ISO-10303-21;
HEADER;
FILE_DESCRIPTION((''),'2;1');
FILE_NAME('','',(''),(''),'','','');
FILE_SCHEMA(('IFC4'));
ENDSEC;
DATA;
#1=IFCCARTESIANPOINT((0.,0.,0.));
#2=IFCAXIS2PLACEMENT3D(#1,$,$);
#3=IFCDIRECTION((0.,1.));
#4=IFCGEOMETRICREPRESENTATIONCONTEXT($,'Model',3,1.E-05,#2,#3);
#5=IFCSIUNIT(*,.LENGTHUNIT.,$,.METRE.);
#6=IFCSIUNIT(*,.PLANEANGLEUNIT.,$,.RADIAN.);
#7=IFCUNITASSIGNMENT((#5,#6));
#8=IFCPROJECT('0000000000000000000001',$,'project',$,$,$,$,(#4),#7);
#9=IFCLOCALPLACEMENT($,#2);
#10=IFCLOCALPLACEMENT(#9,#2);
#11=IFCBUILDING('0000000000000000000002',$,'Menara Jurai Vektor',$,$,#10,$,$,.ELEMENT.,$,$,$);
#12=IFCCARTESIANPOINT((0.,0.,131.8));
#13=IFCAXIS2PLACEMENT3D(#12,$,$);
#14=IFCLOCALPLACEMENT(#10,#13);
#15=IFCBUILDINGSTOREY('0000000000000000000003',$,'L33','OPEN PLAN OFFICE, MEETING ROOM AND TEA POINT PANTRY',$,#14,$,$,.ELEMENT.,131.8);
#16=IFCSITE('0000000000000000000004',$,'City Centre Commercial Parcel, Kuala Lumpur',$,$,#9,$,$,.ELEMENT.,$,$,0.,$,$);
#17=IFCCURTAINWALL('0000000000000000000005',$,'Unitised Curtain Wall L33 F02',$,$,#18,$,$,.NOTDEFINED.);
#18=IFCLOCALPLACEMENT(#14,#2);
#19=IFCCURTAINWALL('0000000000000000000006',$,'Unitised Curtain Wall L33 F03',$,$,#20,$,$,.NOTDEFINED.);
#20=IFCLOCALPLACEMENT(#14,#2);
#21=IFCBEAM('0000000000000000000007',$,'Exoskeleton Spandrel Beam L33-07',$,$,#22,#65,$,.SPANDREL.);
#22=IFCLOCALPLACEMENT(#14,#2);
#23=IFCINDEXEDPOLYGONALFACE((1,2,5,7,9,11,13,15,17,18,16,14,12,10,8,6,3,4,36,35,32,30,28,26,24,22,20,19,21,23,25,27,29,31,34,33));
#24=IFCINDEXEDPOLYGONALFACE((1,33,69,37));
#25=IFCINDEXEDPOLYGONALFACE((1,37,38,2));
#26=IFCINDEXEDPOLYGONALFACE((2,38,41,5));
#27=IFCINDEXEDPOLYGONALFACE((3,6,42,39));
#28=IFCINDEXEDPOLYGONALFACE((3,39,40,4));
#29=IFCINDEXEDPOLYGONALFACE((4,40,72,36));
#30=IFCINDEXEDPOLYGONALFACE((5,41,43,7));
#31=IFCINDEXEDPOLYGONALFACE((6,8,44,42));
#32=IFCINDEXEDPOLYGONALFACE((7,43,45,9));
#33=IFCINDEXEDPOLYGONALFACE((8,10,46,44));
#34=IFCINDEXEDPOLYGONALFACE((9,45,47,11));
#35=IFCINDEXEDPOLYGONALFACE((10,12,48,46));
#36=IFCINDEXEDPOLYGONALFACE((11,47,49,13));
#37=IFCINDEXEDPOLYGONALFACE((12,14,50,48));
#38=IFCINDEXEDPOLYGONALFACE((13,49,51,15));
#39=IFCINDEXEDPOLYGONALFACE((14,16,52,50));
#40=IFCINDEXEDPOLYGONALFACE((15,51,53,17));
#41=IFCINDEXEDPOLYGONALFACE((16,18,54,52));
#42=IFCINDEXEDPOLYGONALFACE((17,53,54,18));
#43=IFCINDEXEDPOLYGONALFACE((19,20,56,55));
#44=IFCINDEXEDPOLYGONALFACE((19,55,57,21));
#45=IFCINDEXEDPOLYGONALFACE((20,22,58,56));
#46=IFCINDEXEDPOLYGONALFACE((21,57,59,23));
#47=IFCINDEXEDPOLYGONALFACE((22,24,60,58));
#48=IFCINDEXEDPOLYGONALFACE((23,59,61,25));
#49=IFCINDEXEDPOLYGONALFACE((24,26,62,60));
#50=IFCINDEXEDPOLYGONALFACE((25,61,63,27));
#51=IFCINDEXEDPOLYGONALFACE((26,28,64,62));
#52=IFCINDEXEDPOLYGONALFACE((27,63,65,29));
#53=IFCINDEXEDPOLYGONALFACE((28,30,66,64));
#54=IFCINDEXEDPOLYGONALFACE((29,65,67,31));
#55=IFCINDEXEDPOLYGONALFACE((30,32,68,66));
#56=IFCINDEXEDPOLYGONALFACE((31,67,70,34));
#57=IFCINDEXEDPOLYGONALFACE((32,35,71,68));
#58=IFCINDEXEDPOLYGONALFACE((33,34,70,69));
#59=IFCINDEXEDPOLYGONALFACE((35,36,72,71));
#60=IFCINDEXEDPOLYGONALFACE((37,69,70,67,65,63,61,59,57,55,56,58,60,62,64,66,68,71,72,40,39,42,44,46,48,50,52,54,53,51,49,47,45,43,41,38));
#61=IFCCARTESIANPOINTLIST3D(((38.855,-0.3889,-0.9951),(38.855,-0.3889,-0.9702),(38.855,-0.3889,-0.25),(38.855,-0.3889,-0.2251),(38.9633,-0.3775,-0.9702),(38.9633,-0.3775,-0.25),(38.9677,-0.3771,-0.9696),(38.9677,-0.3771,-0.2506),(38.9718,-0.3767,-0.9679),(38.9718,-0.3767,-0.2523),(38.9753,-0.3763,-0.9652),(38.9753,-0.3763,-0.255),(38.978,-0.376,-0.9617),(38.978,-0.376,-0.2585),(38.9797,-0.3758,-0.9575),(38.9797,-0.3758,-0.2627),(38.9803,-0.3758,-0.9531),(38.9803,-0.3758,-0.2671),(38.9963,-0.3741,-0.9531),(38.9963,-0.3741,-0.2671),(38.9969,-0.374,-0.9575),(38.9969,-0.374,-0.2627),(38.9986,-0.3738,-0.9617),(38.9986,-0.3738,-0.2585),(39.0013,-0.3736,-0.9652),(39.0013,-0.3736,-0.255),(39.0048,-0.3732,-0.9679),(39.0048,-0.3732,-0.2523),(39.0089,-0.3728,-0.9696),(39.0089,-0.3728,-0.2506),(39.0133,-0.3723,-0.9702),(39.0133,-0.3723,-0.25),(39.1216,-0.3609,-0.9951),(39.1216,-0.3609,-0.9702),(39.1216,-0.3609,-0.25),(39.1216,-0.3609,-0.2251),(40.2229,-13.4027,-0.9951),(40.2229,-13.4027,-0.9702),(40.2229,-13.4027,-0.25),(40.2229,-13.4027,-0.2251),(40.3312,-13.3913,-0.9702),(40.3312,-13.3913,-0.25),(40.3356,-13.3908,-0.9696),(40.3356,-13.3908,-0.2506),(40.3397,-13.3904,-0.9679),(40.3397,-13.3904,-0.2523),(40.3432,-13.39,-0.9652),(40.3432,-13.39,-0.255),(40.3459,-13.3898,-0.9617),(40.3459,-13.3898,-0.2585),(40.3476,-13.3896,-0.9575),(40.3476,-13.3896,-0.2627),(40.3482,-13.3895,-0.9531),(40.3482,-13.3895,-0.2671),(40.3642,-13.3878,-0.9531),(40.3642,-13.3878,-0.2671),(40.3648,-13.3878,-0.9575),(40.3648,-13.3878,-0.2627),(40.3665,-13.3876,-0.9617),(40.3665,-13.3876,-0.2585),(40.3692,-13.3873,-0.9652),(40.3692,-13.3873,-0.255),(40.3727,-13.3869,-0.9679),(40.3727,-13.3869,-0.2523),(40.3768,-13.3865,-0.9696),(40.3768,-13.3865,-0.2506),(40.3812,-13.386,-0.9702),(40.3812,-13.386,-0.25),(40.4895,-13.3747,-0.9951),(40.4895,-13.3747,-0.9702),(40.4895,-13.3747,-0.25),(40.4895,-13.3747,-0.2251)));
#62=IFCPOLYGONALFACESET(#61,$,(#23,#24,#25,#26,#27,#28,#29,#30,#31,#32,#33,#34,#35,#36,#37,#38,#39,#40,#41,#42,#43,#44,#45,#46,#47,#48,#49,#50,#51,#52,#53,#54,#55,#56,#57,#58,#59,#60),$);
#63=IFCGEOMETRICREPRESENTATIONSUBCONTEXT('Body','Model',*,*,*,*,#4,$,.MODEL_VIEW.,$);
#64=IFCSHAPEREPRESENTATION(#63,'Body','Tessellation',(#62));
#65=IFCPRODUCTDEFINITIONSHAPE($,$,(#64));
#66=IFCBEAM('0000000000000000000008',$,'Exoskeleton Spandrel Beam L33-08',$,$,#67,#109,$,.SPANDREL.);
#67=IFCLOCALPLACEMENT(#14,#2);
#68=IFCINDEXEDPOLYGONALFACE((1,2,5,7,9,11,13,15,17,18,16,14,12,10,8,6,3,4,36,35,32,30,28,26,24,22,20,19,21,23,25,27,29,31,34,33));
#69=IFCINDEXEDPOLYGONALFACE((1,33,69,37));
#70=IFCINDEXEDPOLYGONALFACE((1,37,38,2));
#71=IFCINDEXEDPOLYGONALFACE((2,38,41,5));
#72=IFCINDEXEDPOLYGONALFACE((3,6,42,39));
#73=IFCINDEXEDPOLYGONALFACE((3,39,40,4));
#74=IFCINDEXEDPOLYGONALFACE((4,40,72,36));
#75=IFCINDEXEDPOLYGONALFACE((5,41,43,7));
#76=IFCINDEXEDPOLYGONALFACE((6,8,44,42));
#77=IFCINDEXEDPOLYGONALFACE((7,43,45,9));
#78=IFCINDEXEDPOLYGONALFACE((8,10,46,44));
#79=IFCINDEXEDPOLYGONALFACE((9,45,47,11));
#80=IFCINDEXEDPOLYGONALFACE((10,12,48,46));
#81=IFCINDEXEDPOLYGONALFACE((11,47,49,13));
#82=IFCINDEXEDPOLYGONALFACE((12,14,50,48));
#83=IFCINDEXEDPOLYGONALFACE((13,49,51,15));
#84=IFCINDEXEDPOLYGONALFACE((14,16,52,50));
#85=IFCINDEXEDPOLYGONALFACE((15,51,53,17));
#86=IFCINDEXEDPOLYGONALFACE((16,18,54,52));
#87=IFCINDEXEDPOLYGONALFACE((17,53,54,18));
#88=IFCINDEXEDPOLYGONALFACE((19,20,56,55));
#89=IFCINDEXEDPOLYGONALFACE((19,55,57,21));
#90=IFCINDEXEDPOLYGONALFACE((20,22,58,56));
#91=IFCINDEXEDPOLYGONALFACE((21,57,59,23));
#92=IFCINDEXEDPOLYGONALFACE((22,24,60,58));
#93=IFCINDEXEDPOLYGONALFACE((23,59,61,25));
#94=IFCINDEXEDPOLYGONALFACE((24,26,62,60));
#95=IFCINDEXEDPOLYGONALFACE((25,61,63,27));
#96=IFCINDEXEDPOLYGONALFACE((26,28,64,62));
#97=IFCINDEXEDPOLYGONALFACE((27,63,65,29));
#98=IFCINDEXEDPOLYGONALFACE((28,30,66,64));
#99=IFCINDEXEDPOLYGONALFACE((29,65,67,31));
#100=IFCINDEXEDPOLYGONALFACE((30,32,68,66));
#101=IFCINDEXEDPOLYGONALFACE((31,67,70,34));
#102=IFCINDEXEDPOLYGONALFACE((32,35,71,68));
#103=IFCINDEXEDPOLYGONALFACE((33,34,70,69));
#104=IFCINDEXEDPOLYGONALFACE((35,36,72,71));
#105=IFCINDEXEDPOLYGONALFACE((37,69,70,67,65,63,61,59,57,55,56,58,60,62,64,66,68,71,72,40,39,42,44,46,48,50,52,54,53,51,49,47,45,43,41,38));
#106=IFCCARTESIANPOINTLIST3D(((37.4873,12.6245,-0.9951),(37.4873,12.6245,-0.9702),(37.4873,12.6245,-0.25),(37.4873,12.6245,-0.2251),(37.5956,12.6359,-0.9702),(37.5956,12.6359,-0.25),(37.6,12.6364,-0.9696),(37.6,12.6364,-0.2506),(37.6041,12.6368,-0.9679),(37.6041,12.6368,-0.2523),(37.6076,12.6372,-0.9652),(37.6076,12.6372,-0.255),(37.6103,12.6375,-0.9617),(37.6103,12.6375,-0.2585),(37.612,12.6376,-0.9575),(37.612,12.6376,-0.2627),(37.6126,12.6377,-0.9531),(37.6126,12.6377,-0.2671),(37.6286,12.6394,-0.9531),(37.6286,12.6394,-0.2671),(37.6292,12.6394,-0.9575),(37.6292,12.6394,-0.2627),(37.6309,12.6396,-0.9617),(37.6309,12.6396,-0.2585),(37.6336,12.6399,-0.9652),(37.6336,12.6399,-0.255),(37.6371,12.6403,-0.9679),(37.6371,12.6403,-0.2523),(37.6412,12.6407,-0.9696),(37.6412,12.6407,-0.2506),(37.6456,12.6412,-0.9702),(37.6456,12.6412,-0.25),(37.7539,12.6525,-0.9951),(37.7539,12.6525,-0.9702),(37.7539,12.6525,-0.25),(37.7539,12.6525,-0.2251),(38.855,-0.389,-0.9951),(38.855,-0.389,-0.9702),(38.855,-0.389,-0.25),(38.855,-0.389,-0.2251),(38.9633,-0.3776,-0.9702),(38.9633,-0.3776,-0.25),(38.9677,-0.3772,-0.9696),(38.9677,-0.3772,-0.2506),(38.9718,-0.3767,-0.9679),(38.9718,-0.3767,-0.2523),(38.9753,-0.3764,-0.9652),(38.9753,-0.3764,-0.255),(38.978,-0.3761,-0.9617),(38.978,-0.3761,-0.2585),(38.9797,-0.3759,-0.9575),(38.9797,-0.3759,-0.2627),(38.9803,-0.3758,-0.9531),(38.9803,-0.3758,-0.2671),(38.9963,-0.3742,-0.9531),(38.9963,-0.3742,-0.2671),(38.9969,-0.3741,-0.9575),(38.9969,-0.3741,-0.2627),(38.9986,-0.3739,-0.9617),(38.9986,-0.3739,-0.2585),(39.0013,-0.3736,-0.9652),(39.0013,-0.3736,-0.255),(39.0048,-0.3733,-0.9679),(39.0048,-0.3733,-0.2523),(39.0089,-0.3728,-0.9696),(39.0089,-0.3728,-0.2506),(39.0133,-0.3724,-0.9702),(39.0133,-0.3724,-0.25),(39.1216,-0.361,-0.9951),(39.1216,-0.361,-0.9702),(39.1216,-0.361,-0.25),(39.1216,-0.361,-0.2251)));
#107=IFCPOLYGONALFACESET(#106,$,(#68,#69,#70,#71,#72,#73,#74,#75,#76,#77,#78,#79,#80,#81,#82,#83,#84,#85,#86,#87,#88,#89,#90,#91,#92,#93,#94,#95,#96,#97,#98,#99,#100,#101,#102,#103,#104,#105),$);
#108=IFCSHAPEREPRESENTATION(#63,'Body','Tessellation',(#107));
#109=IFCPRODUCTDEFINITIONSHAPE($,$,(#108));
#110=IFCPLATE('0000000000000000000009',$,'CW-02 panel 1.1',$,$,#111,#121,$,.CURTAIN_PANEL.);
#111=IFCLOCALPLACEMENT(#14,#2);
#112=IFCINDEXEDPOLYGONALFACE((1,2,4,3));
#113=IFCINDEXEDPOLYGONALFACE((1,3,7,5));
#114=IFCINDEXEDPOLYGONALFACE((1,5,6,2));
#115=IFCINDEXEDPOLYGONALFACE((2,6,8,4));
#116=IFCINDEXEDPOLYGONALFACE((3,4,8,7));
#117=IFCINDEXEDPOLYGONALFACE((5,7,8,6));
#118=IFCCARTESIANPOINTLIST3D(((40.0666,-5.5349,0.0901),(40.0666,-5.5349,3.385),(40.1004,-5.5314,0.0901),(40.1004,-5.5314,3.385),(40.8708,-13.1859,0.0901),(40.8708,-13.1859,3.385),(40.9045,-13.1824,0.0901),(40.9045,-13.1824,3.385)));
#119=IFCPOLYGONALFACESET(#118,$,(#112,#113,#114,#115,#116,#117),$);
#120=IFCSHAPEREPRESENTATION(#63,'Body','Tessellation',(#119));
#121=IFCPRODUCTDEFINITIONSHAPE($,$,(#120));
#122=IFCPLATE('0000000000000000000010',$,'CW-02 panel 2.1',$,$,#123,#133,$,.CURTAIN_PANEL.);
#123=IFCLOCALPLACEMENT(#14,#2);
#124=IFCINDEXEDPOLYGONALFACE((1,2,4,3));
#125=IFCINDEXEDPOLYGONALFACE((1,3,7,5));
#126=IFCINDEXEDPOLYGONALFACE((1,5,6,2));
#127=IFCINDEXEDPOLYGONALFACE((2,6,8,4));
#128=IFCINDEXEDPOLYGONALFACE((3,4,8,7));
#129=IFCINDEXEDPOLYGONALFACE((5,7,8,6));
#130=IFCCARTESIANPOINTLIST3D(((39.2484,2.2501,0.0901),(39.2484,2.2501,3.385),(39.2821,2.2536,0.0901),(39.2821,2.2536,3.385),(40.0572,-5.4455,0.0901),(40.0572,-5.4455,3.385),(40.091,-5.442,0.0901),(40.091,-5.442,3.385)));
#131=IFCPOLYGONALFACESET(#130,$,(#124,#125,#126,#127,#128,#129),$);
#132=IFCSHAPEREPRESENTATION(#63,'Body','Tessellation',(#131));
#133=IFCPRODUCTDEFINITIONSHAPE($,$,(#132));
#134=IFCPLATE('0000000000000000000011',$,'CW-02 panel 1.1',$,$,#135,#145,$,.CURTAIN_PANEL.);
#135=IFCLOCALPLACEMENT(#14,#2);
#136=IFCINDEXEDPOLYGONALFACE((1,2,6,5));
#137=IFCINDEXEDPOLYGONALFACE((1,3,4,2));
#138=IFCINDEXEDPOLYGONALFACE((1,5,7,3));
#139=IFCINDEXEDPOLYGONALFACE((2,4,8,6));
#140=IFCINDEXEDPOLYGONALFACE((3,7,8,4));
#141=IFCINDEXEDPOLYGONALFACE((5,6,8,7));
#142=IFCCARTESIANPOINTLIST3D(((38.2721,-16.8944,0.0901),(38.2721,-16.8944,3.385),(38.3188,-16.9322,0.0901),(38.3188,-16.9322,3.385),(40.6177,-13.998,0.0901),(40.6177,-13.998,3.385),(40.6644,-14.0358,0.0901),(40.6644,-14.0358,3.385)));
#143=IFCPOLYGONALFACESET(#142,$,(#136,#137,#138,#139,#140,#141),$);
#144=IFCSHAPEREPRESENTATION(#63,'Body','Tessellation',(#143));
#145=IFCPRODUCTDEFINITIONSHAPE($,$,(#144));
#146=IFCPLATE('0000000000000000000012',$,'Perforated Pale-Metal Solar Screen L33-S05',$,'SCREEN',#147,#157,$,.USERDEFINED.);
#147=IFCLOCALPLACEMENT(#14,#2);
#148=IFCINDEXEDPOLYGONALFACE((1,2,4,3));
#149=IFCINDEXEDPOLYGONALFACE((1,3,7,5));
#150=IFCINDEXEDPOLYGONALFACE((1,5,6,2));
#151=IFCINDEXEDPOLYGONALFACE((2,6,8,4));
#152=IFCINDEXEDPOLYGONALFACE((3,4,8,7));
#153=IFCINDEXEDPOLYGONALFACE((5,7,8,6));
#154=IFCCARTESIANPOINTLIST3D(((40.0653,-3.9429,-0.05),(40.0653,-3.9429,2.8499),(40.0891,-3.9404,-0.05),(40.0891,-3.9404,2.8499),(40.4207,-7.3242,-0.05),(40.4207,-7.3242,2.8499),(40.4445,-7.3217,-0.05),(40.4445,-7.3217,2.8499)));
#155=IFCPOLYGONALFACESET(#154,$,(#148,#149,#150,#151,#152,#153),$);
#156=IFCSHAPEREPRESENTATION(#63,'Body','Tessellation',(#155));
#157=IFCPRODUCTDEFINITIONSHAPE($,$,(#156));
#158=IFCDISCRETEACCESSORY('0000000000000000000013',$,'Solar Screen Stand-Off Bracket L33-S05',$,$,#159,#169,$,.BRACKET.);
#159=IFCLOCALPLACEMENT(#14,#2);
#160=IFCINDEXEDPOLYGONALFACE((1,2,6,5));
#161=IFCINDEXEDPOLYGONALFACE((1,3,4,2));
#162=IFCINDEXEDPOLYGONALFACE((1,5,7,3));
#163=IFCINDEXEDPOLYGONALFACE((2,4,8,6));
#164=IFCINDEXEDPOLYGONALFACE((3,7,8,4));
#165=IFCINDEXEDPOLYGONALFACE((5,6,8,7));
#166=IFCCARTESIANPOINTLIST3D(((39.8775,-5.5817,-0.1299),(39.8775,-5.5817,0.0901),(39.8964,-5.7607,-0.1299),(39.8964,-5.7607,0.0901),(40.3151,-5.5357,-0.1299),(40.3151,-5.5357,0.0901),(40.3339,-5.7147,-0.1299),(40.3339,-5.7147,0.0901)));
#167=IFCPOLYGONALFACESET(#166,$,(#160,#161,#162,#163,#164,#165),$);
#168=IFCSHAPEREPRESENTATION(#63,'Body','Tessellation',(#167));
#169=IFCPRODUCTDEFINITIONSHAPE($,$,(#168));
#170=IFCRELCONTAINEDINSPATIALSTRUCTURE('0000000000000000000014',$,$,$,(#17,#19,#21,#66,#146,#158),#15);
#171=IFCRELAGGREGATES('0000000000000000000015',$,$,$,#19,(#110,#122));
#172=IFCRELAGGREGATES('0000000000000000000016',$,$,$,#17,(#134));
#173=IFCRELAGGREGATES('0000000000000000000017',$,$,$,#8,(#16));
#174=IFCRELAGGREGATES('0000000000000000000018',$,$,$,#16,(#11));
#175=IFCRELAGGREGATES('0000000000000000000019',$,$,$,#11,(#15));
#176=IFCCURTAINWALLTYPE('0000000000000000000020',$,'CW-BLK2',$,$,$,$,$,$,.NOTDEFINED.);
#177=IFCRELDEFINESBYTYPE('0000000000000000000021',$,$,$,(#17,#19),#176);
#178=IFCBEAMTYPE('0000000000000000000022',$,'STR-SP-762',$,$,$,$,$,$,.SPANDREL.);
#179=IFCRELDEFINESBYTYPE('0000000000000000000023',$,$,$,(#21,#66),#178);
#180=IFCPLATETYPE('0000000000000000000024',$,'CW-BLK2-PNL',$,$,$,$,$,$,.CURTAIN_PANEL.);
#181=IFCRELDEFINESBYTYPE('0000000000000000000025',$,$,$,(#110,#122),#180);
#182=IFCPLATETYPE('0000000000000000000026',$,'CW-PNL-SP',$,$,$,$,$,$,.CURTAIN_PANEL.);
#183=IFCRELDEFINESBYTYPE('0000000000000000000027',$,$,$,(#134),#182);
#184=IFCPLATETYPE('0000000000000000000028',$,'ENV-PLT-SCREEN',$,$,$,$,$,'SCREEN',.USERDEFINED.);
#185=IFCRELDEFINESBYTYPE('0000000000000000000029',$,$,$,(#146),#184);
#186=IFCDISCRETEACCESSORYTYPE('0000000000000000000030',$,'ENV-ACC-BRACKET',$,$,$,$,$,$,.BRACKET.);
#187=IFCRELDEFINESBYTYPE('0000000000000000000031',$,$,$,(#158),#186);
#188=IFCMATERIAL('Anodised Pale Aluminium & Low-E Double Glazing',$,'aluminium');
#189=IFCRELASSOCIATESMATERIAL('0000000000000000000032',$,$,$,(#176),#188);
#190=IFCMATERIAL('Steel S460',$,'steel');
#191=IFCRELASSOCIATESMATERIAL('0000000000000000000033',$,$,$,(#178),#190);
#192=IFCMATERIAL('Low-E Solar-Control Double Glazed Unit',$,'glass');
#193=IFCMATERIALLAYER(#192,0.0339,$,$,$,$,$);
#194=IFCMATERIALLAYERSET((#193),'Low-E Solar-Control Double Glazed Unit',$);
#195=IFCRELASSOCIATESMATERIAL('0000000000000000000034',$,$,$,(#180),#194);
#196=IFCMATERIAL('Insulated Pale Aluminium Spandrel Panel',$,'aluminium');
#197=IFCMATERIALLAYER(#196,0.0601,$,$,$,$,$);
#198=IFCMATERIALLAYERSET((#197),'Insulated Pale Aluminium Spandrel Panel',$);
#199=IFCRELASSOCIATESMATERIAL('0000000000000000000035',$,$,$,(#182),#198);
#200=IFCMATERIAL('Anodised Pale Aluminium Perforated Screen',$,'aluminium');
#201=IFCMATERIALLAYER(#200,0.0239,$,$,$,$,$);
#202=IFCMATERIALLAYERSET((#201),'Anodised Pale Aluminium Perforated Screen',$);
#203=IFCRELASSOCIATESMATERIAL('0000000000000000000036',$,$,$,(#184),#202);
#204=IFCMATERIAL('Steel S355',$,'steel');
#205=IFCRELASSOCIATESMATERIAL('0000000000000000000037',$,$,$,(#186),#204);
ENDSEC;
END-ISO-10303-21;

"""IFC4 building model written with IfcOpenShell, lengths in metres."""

from ifc_helpers import new_model, si_unit, direction, frame, origin, origin_2d, place, context, subcontext, project, spatial, rectangle, i_section, extrude, material, layer, layer_set, material_profile, profile_set, type_object, element, aggregate, save


model = new_model("IFC4")

# Units and contexts
model_context = context("Model", 3, precision=1e-05, world=origin(), true_north=direction((0.0, 1.0)))
body_context = subcontext(model_context, "Body", "Model", "MODEL_VIEW")
ifc_project = project(units=[si_unit("LENGTHUNIT", "METRE"), si_unit("PLANEANGLEUNIT", "RADIAN")], contexts=[model_context])

# Site, building, storey
site_placement = place(None, origin())
site = spatial("IfcSite", under=ifc_project, at=site_placement, Name="City Centre Commercial Parcel, Kuala Lumpur", CompositionType="ELEMENT", RefElevation=0.0)
building_placement = place(site_placement, origin())
building = spatial("IfcBuilding", under=site, at=building_placement, Name="Menara Jurai Vektor", CompositionType="ELEMENT")
storey_placement = place(building_placement, frame((0.0, 0.0, 131.8)))
storey = spatial("IfcBuildingStorey", under=building, at=storey_placement, Name="L33", Description="OPEN PLAN OFFICE, MEETING ROOM AND TEA POINT PANTRY", CompositionType="ELEMENT", Elevation=131.8)

# Shared definitions
ifc_material_1 = material(Name="Steel S460", Category="steel")

# Curtain walls
ifc_material_2 = material(Name="Anodised Pale Aluminium & Low-E Double Glazing", Category="aluminium")
curtain_wall_type = type_object("IfcCurtainWallType", Name="CW-BLK2", PredefinedType="NOTDEFINED", material=ifc_material_2)
curtain_wall_1_placement = place(storey_placement, origin())
curtain_wall_1 = element("IfcCurtainWall", 1, at=curtain_wall_1_placement, inside=storey, type_object=curtain_wall_type, Name="Unitised Curtain Wall L33 F02", PredefinedType="NOTDEFINED")
curtain_wall_2_placement = place(storey_placement, origin())
curtain_wall_2 = element("IfcCurtainWall", 2, at=curtain_wall_2_placement, inside=storey, type_object=curtain_wall_type, Name="Unitised Curtain Wall L33 F03", PredefinedType="NOTDEFINED")

# Beams
ifc_material_3 = material(Name="Steel S355", Category="steel")
ifc_material_profile_1 = material_profile(ifc_material_1, i_section(OverallWidth=0.2681, OverallDepth=0.77, WebThickness=0.0161, FlangeThickness=0.0249, FilletRadius=0.0171, at=origin_2d()), Name="UKB 762x267x197")
ifc_profile_set_1 = profile_set([ifc_material_profile_1], Name="Steel S460")
beam_type_1 = type_object("IfcBeamType", Name="STR-SP-762", PredefinedType="SPANDREL", material=ifc_profile_set_1)
beam_1_placement = place(storey_placement, frame((40.3562, -13.3887, -0.6101), z_axis=(-0.104538, 0.994521, 0.0), x_axis=(-0.994521, -0.104538, 0.0)))
element("IfcBeam", 3, at=beam_1_placement, inside=storey, type_object=beam_type_1, Name="Exoskeleton Spandrel Beam L33-07", PredefinedType="SPANDREL", context=body_context, shape_type="SweptSolid", body=[
    extrude(i_section(OverallWidth=0.2681, OverallDepth=0.77, WebThickness=0.0161, FlangeThickness=0.0249, FilletRadius=0.0171, at=origin_2d()), origin(), (0.0, 0.0, 1.0), 13.0854),
])
beam_2_placement = place(storey_placement, frame((38.9883, -0.375, -0.6101), z_axis=(-0.104522, 0.994523, 0.0), x_axis=(-0.994523, -0.104522, 0.0)))
element("IfcBeam", 4, at=beam_2_placement, inside=storey, type_object=beam_type_1, Name="Exoskeleton Spandrel Beam L33-08", PredefinedType="SPANDREL", context=body_context, shape_type="SweptSolid", body=[
    extrude(i_section(OverallWidth=0.2681, OverallDepth=0.77, WebThickness=0.0161, FlangeThickness=0.0249, FilletRadius=0.0171, at=origin_2d()), origin(), (0.0, 0.0, 1.0), 13.0852),
])

# Plates
ifc_material_4 = material(Name="Low-E Solar-Control Double Glazed Unit", Category="glass")
ifc_layer_1 = layer(ifc_material_4, 0.0339)
ifc_layer_set_1 = layer_set([ifc_layer_1], Name="Low-E Solar-Control Double Glazed Unit")
plate_type_1 = type_object("IfcPlateType", Name="CW-BLK2-PNL", PredefinedType="CURTAIN_PANEL", material=ifc_layer_set_1)
plate_1_placement = place(storey_placement, frame((40.4856, -9.3586, 0.0901), z_axis=(0.0, 0.0, 1.0), x_axis=(-0.10453, 0.994522, 0.0)))
plate_1 = element("IfcPlate", 5, at=plate_1_placement, type_object=plate_type_1, Name="CW-02 panel 1.1", PredefinedType="CURTAIN_PANEL", context=body_context, shape_type="SweptSolid", body=[
    extrude(rectangle(XDim=7.6931, YDim=0.0339, at=origin_2d()), origin(), (0.0, 0.0, 1.0), 3.2949),
])
plate_2_placement = place(storey_placement, frame((39.6697, -1.5959, 0.0901), z_axis=(0.0, 0.0, 1.0), x_axis=(-0.10453, 0.994522, 0.0)))
plate_2 = element("IfcPlate", 6, at=plate_2_placement, type_object=plate_type_1, Name="CW-02 panel 2.1", PredefinedType="CURTAIN_PANEL", context=body_context, shape_type="SweptSolid", body=[
    extrude(rectangle(XDim=7.738, YDim=0.0339, at=origin_2d()), origin(), (0.0, 0.0, 1.0), 3.2949),
])
aggregate(curtain_wall_2, [plate_1, plate_2])
ifc_material_5 = material(Name="Insulated Pale Aluminium Spandrel Panel", Category="aluminium")
ifc_layer_2 = layer(ifc_material_5, 0.0601)
ifc_layer_set_2 = layer_set([ifc_layer_2], Name="Insulated Pale Aluminium Spandrel Panel")
plate_type_2 = type_object("IfcPlateType", Name="CW-PNL-SP", PredefinedType="CURTAIN_PANEL", material=ifc_layer_set_2)
plate_3_placement = place(storey_placement, frame((39.4683, -15.4651, 0.0901), z_axis=(0.0, 0.0, 1.0), x_axis=(0.629341, 0.777129, 0.0)))
plate_3 = element("IfcPlate", 7, at=plate_3_placement, type_object=plate_type_2, Name="CW-02 panel 1.1", PredefinedType="CURTAIN_PANEL", context=body_context, shape_type="SweptSolid", body=[
    extrude(rectangle(XDim=3.7271, YDim=0.0601, at=origin_2d()), origin(), (0.0, 0.0, 1.0), 3.2949),
])
aggregate(curtain_wall_1, [plate_3])
ifc_material_6 = material(Name="Anodised Pale Aluminium Perforated Screen", Category="aluminium")
ifc_layer_3 = layer(ifc_material_6, 0.0239)
ifc_layer_set_3 = layer_set([ifc_layer_3], Name="Anodised Pale Aluminium Perforated Screen")
plate_type_3 = type_object("IfcPlateType", Name="ENV-PLT-SCREEN", ElementType="SCREEN", PredefinedType="USERDEFINED", material=ifc_layer_set_3)
plate_4_placement = place(storey_placement, frame((40.2549, -5.6323, -0.05), z_axis=(0.0, 0.0, 1.0), x_axis=(-0.104528, 0.994522, 0.0)))
element("IfcPlate", 8, at=plate_4_placement, inside=storey, type_object=plate_type_3, Name="Perforated Pale-Metal Solar Screen L33-S05", ObjectType="SCREEN", PredefinedType="USERDEFINED", context=body_context, shape_type="SweptSolid", body=[
    extrude(rectangle(XDim=3.3999, YDim=0.0239, at=origin_2d()), origin(), (0.0, 0.0, 1.0), 2.8999),
])

# Discrete accessory
discrete_accessory_type = type_object("IfcDiscreteAccessoryType", Name="ENV-ACC-BRACKET", PredefinedType="BRACKET", material=ifc_material_3)
discrete_accessory_placement = place(storey_placement, frame((40.1057, -5.6482, -0.1299), z_axis=(0.0, 0.0, 1.0), x_axis=(-0.104528, 0.994522, 0.0)))
element("IfcDiscreteAccessory", 9, at=discrete_accessory_placement, inside=storey, type_object=discrete_accessory_type, Name="Solar Screen Stand-Off Bracket L33-S05", PredefinedType="BRACKET", context=body_context, shape_type="SweptSolid", body=[
    extrude(rectangle(XDim=0.1799, YDim=0.4399, at=origin_2d()), origin(), (0.0, 0.0, 1.0), 0.22),
])

save(model, "model.ifc")
